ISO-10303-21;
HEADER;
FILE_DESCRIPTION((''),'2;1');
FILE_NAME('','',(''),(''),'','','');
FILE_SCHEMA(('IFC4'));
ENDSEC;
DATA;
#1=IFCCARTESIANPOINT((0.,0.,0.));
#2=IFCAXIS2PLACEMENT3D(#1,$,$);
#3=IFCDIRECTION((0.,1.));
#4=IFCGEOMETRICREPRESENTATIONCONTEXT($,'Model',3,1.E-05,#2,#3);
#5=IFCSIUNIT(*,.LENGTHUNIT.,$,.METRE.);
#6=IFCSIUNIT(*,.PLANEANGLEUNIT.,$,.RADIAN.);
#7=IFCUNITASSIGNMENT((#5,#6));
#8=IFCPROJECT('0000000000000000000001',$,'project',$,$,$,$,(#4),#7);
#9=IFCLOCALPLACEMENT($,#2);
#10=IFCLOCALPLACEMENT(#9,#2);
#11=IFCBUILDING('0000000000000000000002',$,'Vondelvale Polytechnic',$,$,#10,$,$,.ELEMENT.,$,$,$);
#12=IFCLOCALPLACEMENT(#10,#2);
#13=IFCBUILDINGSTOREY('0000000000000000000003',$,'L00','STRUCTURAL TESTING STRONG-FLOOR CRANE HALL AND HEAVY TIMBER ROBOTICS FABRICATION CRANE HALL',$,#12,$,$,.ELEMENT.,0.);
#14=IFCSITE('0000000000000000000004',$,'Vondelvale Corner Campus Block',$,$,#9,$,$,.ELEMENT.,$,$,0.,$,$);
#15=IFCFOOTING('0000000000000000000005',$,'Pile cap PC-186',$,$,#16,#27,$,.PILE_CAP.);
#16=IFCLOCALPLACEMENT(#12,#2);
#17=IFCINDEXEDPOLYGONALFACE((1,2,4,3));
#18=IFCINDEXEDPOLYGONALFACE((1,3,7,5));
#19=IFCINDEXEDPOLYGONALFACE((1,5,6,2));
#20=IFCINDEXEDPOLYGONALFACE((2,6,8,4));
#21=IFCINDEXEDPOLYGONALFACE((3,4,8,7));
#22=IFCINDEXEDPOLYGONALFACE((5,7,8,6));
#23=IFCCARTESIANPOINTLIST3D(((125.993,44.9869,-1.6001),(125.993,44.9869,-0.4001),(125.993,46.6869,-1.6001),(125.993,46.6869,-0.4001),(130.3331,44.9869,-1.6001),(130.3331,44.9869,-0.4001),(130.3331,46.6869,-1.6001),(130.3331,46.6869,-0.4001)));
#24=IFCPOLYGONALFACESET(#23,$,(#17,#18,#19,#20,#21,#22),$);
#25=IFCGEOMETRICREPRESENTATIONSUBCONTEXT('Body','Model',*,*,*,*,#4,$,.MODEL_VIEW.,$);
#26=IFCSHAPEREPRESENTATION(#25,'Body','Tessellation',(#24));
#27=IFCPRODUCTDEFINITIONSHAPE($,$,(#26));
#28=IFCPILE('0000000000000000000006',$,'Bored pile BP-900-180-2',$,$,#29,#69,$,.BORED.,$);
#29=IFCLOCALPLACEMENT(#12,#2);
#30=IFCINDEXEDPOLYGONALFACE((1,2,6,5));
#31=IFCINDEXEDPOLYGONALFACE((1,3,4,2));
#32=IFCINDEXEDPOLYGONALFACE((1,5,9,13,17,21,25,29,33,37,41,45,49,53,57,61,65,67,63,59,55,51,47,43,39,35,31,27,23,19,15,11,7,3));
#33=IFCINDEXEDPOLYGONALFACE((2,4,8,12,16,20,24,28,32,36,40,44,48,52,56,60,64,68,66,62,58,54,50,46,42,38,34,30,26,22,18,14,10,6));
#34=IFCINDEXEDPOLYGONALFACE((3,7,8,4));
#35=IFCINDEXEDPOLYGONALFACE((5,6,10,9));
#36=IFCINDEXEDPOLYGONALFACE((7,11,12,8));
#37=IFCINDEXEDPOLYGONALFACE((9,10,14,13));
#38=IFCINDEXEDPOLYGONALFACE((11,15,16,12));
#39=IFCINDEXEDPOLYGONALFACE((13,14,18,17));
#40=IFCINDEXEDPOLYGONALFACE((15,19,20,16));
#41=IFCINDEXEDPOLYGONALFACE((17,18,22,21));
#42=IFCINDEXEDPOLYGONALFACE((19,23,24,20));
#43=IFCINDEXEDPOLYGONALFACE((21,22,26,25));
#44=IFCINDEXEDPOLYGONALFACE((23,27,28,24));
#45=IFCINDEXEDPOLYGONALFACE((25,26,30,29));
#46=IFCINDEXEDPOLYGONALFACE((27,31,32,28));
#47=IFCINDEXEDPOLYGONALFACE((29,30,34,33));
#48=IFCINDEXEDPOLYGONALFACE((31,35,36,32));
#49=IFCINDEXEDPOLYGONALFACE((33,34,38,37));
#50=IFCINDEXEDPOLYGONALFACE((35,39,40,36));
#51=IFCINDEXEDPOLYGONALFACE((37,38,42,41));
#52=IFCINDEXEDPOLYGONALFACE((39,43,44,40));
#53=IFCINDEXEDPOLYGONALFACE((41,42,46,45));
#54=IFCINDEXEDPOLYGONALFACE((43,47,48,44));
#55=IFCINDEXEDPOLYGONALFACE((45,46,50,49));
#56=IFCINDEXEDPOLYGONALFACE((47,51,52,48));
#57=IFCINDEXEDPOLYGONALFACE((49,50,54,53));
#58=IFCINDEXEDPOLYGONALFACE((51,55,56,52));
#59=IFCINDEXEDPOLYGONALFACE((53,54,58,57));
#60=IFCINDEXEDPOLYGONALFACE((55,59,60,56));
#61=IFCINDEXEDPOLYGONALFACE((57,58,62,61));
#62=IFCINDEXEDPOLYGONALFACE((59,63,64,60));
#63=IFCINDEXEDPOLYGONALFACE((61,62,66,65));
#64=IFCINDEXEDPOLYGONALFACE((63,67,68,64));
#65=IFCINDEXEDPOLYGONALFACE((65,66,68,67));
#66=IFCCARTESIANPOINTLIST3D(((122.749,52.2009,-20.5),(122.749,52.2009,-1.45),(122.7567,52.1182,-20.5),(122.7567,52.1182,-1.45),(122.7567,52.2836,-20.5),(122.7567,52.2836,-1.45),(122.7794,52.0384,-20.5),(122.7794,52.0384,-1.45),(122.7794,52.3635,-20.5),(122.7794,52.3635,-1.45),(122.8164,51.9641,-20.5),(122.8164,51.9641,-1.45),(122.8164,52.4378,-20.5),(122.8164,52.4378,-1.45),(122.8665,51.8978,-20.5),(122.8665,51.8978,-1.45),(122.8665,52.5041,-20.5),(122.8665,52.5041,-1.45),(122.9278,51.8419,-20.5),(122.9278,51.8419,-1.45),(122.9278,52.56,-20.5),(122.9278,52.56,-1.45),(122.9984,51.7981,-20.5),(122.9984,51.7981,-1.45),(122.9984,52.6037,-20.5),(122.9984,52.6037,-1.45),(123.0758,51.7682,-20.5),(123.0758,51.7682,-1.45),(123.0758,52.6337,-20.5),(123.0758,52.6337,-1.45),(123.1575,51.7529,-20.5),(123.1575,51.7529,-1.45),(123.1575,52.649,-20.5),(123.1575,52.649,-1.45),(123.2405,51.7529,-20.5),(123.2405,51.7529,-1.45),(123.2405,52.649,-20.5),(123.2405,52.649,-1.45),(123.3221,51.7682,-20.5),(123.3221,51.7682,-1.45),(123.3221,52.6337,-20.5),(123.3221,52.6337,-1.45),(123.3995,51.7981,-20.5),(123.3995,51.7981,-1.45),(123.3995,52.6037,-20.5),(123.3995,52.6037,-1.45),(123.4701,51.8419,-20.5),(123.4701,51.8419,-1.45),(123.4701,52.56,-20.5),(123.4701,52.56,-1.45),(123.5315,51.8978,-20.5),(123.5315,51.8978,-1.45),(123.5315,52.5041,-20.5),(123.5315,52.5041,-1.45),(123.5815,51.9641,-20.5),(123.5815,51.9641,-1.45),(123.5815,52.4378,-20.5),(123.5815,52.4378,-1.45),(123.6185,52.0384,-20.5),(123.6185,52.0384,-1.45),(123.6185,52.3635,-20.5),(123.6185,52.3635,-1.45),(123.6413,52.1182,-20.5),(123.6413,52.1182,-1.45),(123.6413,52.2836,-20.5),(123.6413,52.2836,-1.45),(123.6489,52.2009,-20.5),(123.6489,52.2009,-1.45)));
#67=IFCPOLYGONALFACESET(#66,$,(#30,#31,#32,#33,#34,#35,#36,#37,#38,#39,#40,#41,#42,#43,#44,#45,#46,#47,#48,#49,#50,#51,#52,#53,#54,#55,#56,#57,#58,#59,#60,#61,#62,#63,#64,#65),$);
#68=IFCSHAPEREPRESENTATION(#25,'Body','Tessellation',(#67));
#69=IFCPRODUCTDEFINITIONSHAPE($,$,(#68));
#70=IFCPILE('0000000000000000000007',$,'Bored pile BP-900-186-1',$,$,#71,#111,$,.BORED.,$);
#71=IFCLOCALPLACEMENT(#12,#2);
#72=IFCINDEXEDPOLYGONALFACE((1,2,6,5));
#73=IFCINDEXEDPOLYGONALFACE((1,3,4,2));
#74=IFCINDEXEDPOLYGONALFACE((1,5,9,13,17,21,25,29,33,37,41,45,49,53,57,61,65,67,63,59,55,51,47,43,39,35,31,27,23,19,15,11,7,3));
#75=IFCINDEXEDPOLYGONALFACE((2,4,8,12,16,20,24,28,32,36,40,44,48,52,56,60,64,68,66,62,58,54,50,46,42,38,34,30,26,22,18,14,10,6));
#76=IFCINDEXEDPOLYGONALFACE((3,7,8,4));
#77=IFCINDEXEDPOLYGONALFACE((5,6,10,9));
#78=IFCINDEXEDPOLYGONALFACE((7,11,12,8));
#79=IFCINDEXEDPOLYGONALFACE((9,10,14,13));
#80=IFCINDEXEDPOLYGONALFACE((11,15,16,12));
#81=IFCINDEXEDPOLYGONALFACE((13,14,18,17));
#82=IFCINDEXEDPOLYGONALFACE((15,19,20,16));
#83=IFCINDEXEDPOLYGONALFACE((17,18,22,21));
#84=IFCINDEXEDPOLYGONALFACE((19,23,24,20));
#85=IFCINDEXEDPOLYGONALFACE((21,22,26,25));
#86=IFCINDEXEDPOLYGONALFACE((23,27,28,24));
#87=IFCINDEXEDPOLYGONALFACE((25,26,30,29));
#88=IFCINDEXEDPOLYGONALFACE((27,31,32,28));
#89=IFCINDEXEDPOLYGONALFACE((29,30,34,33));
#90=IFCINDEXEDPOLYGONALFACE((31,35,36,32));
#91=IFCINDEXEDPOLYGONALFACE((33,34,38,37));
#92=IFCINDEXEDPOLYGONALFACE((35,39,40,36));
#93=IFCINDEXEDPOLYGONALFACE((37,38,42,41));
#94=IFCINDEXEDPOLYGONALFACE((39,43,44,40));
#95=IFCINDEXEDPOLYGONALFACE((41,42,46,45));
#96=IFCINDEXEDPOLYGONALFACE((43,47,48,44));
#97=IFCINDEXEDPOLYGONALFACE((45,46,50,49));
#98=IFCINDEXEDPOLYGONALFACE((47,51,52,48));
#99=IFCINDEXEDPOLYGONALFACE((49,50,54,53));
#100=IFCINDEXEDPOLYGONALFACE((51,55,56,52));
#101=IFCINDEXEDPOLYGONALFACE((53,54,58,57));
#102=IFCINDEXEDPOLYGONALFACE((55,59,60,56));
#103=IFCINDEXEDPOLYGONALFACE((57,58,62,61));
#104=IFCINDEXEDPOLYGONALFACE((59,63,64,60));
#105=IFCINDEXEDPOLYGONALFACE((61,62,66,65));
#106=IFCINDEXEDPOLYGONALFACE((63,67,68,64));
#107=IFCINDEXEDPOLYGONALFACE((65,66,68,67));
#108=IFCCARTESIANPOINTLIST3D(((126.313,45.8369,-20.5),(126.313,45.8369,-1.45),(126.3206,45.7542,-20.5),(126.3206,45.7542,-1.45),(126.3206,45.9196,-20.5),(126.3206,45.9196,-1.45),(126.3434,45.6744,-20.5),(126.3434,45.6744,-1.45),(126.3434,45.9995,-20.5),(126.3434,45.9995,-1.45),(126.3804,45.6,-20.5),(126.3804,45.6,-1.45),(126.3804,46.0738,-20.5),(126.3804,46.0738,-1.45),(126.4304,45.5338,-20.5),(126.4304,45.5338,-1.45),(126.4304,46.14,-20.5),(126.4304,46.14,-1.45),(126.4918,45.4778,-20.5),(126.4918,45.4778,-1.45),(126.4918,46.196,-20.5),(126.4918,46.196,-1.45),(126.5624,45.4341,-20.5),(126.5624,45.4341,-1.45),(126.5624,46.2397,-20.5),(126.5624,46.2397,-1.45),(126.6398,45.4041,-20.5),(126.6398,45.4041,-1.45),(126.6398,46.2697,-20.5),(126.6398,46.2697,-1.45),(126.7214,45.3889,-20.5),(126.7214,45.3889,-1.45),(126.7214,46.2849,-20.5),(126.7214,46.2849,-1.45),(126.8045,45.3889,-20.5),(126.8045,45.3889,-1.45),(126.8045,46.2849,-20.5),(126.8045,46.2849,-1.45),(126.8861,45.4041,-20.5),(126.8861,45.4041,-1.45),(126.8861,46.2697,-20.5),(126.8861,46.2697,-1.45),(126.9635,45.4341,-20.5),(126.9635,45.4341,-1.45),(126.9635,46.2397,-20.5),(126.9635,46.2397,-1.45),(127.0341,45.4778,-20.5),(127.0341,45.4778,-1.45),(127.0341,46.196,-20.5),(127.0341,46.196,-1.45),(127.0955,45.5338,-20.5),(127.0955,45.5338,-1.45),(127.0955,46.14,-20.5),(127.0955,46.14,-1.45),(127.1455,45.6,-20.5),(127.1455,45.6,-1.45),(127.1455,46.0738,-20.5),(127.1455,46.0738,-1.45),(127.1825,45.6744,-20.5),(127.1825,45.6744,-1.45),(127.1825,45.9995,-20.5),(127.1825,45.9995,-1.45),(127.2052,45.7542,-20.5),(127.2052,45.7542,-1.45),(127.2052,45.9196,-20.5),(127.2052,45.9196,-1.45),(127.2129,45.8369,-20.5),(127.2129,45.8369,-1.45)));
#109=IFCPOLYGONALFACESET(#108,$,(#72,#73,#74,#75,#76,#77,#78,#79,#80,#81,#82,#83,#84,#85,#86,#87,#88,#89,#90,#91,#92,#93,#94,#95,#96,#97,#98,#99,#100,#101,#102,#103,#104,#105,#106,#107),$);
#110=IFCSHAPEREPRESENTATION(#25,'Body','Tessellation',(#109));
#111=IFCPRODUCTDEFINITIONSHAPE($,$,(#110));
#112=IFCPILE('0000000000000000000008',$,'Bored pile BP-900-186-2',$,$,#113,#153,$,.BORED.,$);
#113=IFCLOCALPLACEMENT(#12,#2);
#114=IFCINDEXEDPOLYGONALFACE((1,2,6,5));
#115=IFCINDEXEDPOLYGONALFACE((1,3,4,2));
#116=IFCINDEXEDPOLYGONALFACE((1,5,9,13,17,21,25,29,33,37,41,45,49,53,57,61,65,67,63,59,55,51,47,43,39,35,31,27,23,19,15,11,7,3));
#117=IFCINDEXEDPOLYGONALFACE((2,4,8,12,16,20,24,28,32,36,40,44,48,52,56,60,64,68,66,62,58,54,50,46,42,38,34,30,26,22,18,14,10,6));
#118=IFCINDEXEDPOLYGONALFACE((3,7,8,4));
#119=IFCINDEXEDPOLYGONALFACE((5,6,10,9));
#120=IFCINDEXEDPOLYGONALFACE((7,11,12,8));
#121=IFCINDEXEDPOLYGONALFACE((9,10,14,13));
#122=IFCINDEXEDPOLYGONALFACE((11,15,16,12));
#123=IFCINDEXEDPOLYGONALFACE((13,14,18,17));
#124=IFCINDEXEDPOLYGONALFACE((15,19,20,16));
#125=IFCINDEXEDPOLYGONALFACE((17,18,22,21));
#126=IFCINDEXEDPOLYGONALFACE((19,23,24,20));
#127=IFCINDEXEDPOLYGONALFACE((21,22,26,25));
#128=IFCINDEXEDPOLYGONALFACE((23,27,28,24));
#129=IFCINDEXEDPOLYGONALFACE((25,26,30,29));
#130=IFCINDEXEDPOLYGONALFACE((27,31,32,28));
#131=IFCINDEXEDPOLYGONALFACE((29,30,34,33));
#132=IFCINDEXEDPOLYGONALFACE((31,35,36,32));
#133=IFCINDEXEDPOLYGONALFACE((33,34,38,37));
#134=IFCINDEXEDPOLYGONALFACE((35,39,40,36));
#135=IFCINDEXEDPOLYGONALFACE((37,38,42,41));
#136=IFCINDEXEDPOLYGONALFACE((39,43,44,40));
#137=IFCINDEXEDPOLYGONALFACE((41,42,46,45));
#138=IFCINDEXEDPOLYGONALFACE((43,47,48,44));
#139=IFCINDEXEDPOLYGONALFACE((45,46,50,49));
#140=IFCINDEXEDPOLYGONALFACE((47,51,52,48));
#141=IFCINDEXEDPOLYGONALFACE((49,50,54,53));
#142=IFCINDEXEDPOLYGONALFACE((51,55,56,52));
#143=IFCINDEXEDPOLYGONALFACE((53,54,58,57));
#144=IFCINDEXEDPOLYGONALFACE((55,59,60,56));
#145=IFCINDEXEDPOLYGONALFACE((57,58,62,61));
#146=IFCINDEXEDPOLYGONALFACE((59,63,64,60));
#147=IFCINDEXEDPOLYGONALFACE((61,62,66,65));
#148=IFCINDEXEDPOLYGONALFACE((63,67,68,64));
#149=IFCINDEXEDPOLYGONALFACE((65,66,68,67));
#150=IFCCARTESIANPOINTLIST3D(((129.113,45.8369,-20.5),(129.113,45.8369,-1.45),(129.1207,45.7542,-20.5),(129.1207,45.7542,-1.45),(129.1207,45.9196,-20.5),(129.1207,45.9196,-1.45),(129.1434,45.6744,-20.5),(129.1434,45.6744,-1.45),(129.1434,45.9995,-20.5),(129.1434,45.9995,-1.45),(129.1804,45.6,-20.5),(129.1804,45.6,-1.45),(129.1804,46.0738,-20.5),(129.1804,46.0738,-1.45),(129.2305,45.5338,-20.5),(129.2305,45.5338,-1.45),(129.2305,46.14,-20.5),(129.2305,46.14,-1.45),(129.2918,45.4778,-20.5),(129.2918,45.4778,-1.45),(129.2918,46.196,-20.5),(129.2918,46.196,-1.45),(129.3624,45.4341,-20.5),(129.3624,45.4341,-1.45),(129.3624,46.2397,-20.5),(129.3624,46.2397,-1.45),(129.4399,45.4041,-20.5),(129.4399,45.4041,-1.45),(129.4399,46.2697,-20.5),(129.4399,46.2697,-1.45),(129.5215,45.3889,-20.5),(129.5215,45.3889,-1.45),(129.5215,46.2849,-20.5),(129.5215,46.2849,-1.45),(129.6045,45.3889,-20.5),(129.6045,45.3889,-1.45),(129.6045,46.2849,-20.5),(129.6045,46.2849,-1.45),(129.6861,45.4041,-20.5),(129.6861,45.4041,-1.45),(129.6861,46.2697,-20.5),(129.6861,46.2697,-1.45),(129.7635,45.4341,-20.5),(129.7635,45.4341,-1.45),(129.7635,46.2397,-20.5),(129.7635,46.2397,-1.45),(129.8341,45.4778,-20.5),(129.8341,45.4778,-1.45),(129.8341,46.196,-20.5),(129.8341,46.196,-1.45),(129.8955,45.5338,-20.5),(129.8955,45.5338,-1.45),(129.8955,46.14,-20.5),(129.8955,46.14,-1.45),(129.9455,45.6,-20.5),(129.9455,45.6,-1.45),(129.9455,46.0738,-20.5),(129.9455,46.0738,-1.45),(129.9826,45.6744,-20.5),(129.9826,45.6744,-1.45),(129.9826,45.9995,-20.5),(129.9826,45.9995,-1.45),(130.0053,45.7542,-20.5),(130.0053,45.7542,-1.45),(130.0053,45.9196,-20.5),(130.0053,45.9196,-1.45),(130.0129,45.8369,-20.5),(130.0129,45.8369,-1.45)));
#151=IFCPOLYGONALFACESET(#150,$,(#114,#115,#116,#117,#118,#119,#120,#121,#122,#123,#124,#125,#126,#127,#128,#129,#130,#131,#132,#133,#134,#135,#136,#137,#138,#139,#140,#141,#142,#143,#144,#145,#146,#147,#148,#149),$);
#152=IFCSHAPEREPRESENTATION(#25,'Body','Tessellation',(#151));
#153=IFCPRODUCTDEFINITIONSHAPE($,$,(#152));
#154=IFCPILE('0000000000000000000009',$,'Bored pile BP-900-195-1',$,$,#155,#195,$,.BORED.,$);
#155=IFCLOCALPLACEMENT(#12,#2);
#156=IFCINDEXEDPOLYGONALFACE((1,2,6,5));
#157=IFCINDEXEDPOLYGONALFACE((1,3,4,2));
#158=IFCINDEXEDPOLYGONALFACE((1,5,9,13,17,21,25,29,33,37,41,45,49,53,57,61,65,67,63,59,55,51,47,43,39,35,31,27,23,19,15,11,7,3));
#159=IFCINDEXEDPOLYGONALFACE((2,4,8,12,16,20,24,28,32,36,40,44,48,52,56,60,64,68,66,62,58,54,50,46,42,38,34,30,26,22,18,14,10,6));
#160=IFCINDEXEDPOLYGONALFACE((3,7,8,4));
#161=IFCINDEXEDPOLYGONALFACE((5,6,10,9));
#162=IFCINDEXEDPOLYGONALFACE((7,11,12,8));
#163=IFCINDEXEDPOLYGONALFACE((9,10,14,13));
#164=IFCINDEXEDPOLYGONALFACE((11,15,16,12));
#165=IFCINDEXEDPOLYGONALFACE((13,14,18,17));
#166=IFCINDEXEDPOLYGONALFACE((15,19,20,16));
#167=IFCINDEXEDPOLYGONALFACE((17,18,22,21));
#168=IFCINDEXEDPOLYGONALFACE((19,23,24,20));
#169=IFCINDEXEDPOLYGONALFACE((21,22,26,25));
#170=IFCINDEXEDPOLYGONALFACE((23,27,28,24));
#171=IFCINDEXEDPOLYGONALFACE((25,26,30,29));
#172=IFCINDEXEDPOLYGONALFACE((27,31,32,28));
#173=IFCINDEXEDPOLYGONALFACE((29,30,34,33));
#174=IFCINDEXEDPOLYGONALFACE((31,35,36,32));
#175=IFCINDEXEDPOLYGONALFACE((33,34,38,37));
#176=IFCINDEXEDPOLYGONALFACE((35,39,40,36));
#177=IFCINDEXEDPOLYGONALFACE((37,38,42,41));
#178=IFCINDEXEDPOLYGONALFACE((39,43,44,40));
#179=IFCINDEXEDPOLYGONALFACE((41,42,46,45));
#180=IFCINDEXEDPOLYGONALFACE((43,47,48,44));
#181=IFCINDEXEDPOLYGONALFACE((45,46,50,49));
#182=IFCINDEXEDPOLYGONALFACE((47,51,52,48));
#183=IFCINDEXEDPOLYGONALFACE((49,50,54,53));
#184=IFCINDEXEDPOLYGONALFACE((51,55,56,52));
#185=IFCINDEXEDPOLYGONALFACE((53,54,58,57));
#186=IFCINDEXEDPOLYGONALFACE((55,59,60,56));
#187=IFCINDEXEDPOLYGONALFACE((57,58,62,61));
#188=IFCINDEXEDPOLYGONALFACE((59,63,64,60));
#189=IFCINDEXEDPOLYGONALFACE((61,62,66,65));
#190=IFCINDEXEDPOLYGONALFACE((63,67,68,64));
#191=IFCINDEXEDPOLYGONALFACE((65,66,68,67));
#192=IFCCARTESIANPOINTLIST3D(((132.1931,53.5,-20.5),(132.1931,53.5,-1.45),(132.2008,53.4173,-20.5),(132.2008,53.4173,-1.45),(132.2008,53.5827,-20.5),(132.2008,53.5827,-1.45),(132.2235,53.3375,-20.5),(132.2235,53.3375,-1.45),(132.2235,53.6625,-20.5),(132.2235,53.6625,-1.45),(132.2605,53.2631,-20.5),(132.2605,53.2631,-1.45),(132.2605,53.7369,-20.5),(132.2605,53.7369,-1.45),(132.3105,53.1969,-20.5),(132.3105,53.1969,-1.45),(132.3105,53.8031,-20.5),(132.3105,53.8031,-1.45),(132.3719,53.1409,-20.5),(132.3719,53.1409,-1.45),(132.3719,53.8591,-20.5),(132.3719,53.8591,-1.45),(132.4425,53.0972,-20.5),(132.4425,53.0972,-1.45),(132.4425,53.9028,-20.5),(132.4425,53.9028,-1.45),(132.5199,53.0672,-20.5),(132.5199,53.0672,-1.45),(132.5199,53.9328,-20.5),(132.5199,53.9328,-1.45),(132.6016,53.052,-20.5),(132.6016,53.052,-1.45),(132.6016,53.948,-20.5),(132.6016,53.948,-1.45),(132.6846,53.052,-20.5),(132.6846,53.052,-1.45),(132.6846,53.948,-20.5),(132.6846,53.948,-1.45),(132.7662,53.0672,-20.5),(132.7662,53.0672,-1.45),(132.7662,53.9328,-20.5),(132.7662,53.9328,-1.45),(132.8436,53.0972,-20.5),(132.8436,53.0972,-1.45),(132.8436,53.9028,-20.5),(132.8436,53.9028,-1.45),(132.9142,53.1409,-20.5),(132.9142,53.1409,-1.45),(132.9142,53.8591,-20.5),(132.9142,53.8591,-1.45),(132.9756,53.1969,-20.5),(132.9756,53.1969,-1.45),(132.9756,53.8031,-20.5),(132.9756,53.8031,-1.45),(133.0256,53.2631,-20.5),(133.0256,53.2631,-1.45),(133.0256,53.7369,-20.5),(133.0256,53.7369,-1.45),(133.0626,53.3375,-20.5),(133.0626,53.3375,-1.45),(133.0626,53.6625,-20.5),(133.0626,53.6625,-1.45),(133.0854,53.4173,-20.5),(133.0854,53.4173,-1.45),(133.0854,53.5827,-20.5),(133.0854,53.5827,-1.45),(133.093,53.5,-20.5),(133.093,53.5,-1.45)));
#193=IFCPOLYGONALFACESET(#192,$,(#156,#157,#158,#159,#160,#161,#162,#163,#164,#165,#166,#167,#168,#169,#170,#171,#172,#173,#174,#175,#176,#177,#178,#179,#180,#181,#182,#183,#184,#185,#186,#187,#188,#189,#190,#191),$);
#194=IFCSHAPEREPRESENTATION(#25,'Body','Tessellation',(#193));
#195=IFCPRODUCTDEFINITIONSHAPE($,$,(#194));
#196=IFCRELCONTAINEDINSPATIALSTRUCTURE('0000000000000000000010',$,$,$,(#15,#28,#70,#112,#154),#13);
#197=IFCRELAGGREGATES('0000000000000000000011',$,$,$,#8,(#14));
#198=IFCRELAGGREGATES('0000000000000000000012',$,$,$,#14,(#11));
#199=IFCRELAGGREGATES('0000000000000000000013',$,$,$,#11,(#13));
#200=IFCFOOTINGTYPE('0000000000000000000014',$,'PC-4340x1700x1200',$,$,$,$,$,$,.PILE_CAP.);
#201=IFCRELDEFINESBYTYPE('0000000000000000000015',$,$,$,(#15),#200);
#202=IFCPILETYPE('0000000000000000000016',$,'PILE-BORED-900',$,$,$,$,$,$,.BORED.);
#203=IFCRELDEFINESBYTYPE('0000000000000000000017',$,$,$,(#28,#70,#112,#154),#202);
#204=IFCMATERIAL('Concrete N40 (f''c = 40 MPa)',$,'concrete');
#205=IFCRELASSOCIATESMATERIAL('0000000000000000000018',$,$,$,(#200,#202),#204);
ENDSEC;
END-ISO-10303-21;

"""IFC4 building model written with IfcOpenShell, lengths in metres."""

from ifc_helpers import new_model, si_unit, direction, frame, origin, origin_2d, place, context, subcontext, project, spatial, rectangle, circle, extrude, material, material_profile, profile_set, type_object, element, save


model = new_model("IFC4")

# Units and contexts
model_context = context("Model", 3, precision=1e-05, world=origin(), true_north=direction((0.0, 1.0)))
body_context = subcontext(model_context, "Body", "Model", "MODEL_VIEW")
ifc_project = project(units=[si_unit("LENGTHUNIT", "METRE"), si_unit("PLANEANGLEUNIT", "RADIAN")], contexts=[model_context])

# Site, building, storey
site_placement = place(None, origin())
site = spatial("IfcSite", under=ifc_project, at=site_placement, Name="Vondelvale Corner Campus Block", CompositionType="ELEMENT", RefElevation=0.0)
building_placement = place(site_placement, origin())
building = spatial("IfcBuilding", under=site, at=building_placement, Name="Vondelvale Polytechnic", CompositionType="ELEMENT")
storey_placement = place(building_placement, origin())
storey = spatial("IfcBuildingStorey", under=building, at=storey_placement, Name="L00", Description="STRUCTURAL TESTING STRONG-FLOOR CRANE HALL AND HEAVY TIMBER ROBOTICS FABRICATION CRANE HALL", CompositionType="ELEMENT", Elevation=0.0)

# Footing
ifc_material_1 = material(Name="Concrete N40 (f'c = 40 MPa)", Category="concrete")
footing_type = type_object("IfcFootingType", Name="PC-4340x1700x1200", PredefinedType="PILE_CAP", material=ifc_material_1)
footing_placement = place(storey_placement, frame((128.1631, 45.8369, -1.6001), z_axis=(0.0, 0.0, 1.0), x_axis=(1.0, 0.0, 0.0)))
element("IfcFooting", 1, at=footing_placement, inside=storey, type_object=footing_type, Name="Pile cap PC-186", PredefinedType="PILE_CAP", context=body_context, shape_type="SweptSolid", body=[
    extrude(rectangle(XDim=4.3401, YDim=1.7, at=origin_2d()), origin(), (0.0, 0.0, 1.0), 1.2),
])

# Piles
ifc_material_profile_1 = material_profile(ifc_material_1, circle(Radius=0.45, at=origin_2d()), Name="PILE-D900")
ifc_profile_set_1 = profile_set([ifc_material_profile_1], Name="Concrete N40 (f'c = 40 MPa)")
pile_type = type_object("IfcPileType", Name="PILE-BORED-900", PredefinedType="BORED", material=ifc_profile_set_1)
for number, where, z_axis, x_axis, name in (
    (2, (123.199, 52.2009, -1.45), (0.0, 0.0, -1.0), (1.0, 0.0, 0.0), "Bored pile BP-900-180-2"),
    (3, (126.7629, 45.8369, -1.45), (0.0, 0.0, -1.0), (1.0, 0.0, 0.0), "Bored pile BP-900-186-1"),
    (4, (129.563, 45.8369, -1.45), (0.0, 0.0, -1.0), (1.0, 0.0, 0.0), "Bored pile BP-900-186-2"),
    (5, (132.6431, 53.5, -1.45), (0.0, 0.0, -1.0), (1.0, 0.0, 0.0), "Bored pile BP-900-195-1"),
):
    element("IfcPile", number, at=place(storey_placement, frame(where, z_axis=z_axis, x_axis=x_axis)), inside=storey, type_object=pile_type, Name=name, PredefinedType="BORED", context=body_context, shape_type="SweptSolid", body=[
        extrude(circle(Radius=0.45, at=origin_2d()), origin(), (0.0, 0.0, 1.0), 19.05),
    ])

save(model, "model.ifc")
